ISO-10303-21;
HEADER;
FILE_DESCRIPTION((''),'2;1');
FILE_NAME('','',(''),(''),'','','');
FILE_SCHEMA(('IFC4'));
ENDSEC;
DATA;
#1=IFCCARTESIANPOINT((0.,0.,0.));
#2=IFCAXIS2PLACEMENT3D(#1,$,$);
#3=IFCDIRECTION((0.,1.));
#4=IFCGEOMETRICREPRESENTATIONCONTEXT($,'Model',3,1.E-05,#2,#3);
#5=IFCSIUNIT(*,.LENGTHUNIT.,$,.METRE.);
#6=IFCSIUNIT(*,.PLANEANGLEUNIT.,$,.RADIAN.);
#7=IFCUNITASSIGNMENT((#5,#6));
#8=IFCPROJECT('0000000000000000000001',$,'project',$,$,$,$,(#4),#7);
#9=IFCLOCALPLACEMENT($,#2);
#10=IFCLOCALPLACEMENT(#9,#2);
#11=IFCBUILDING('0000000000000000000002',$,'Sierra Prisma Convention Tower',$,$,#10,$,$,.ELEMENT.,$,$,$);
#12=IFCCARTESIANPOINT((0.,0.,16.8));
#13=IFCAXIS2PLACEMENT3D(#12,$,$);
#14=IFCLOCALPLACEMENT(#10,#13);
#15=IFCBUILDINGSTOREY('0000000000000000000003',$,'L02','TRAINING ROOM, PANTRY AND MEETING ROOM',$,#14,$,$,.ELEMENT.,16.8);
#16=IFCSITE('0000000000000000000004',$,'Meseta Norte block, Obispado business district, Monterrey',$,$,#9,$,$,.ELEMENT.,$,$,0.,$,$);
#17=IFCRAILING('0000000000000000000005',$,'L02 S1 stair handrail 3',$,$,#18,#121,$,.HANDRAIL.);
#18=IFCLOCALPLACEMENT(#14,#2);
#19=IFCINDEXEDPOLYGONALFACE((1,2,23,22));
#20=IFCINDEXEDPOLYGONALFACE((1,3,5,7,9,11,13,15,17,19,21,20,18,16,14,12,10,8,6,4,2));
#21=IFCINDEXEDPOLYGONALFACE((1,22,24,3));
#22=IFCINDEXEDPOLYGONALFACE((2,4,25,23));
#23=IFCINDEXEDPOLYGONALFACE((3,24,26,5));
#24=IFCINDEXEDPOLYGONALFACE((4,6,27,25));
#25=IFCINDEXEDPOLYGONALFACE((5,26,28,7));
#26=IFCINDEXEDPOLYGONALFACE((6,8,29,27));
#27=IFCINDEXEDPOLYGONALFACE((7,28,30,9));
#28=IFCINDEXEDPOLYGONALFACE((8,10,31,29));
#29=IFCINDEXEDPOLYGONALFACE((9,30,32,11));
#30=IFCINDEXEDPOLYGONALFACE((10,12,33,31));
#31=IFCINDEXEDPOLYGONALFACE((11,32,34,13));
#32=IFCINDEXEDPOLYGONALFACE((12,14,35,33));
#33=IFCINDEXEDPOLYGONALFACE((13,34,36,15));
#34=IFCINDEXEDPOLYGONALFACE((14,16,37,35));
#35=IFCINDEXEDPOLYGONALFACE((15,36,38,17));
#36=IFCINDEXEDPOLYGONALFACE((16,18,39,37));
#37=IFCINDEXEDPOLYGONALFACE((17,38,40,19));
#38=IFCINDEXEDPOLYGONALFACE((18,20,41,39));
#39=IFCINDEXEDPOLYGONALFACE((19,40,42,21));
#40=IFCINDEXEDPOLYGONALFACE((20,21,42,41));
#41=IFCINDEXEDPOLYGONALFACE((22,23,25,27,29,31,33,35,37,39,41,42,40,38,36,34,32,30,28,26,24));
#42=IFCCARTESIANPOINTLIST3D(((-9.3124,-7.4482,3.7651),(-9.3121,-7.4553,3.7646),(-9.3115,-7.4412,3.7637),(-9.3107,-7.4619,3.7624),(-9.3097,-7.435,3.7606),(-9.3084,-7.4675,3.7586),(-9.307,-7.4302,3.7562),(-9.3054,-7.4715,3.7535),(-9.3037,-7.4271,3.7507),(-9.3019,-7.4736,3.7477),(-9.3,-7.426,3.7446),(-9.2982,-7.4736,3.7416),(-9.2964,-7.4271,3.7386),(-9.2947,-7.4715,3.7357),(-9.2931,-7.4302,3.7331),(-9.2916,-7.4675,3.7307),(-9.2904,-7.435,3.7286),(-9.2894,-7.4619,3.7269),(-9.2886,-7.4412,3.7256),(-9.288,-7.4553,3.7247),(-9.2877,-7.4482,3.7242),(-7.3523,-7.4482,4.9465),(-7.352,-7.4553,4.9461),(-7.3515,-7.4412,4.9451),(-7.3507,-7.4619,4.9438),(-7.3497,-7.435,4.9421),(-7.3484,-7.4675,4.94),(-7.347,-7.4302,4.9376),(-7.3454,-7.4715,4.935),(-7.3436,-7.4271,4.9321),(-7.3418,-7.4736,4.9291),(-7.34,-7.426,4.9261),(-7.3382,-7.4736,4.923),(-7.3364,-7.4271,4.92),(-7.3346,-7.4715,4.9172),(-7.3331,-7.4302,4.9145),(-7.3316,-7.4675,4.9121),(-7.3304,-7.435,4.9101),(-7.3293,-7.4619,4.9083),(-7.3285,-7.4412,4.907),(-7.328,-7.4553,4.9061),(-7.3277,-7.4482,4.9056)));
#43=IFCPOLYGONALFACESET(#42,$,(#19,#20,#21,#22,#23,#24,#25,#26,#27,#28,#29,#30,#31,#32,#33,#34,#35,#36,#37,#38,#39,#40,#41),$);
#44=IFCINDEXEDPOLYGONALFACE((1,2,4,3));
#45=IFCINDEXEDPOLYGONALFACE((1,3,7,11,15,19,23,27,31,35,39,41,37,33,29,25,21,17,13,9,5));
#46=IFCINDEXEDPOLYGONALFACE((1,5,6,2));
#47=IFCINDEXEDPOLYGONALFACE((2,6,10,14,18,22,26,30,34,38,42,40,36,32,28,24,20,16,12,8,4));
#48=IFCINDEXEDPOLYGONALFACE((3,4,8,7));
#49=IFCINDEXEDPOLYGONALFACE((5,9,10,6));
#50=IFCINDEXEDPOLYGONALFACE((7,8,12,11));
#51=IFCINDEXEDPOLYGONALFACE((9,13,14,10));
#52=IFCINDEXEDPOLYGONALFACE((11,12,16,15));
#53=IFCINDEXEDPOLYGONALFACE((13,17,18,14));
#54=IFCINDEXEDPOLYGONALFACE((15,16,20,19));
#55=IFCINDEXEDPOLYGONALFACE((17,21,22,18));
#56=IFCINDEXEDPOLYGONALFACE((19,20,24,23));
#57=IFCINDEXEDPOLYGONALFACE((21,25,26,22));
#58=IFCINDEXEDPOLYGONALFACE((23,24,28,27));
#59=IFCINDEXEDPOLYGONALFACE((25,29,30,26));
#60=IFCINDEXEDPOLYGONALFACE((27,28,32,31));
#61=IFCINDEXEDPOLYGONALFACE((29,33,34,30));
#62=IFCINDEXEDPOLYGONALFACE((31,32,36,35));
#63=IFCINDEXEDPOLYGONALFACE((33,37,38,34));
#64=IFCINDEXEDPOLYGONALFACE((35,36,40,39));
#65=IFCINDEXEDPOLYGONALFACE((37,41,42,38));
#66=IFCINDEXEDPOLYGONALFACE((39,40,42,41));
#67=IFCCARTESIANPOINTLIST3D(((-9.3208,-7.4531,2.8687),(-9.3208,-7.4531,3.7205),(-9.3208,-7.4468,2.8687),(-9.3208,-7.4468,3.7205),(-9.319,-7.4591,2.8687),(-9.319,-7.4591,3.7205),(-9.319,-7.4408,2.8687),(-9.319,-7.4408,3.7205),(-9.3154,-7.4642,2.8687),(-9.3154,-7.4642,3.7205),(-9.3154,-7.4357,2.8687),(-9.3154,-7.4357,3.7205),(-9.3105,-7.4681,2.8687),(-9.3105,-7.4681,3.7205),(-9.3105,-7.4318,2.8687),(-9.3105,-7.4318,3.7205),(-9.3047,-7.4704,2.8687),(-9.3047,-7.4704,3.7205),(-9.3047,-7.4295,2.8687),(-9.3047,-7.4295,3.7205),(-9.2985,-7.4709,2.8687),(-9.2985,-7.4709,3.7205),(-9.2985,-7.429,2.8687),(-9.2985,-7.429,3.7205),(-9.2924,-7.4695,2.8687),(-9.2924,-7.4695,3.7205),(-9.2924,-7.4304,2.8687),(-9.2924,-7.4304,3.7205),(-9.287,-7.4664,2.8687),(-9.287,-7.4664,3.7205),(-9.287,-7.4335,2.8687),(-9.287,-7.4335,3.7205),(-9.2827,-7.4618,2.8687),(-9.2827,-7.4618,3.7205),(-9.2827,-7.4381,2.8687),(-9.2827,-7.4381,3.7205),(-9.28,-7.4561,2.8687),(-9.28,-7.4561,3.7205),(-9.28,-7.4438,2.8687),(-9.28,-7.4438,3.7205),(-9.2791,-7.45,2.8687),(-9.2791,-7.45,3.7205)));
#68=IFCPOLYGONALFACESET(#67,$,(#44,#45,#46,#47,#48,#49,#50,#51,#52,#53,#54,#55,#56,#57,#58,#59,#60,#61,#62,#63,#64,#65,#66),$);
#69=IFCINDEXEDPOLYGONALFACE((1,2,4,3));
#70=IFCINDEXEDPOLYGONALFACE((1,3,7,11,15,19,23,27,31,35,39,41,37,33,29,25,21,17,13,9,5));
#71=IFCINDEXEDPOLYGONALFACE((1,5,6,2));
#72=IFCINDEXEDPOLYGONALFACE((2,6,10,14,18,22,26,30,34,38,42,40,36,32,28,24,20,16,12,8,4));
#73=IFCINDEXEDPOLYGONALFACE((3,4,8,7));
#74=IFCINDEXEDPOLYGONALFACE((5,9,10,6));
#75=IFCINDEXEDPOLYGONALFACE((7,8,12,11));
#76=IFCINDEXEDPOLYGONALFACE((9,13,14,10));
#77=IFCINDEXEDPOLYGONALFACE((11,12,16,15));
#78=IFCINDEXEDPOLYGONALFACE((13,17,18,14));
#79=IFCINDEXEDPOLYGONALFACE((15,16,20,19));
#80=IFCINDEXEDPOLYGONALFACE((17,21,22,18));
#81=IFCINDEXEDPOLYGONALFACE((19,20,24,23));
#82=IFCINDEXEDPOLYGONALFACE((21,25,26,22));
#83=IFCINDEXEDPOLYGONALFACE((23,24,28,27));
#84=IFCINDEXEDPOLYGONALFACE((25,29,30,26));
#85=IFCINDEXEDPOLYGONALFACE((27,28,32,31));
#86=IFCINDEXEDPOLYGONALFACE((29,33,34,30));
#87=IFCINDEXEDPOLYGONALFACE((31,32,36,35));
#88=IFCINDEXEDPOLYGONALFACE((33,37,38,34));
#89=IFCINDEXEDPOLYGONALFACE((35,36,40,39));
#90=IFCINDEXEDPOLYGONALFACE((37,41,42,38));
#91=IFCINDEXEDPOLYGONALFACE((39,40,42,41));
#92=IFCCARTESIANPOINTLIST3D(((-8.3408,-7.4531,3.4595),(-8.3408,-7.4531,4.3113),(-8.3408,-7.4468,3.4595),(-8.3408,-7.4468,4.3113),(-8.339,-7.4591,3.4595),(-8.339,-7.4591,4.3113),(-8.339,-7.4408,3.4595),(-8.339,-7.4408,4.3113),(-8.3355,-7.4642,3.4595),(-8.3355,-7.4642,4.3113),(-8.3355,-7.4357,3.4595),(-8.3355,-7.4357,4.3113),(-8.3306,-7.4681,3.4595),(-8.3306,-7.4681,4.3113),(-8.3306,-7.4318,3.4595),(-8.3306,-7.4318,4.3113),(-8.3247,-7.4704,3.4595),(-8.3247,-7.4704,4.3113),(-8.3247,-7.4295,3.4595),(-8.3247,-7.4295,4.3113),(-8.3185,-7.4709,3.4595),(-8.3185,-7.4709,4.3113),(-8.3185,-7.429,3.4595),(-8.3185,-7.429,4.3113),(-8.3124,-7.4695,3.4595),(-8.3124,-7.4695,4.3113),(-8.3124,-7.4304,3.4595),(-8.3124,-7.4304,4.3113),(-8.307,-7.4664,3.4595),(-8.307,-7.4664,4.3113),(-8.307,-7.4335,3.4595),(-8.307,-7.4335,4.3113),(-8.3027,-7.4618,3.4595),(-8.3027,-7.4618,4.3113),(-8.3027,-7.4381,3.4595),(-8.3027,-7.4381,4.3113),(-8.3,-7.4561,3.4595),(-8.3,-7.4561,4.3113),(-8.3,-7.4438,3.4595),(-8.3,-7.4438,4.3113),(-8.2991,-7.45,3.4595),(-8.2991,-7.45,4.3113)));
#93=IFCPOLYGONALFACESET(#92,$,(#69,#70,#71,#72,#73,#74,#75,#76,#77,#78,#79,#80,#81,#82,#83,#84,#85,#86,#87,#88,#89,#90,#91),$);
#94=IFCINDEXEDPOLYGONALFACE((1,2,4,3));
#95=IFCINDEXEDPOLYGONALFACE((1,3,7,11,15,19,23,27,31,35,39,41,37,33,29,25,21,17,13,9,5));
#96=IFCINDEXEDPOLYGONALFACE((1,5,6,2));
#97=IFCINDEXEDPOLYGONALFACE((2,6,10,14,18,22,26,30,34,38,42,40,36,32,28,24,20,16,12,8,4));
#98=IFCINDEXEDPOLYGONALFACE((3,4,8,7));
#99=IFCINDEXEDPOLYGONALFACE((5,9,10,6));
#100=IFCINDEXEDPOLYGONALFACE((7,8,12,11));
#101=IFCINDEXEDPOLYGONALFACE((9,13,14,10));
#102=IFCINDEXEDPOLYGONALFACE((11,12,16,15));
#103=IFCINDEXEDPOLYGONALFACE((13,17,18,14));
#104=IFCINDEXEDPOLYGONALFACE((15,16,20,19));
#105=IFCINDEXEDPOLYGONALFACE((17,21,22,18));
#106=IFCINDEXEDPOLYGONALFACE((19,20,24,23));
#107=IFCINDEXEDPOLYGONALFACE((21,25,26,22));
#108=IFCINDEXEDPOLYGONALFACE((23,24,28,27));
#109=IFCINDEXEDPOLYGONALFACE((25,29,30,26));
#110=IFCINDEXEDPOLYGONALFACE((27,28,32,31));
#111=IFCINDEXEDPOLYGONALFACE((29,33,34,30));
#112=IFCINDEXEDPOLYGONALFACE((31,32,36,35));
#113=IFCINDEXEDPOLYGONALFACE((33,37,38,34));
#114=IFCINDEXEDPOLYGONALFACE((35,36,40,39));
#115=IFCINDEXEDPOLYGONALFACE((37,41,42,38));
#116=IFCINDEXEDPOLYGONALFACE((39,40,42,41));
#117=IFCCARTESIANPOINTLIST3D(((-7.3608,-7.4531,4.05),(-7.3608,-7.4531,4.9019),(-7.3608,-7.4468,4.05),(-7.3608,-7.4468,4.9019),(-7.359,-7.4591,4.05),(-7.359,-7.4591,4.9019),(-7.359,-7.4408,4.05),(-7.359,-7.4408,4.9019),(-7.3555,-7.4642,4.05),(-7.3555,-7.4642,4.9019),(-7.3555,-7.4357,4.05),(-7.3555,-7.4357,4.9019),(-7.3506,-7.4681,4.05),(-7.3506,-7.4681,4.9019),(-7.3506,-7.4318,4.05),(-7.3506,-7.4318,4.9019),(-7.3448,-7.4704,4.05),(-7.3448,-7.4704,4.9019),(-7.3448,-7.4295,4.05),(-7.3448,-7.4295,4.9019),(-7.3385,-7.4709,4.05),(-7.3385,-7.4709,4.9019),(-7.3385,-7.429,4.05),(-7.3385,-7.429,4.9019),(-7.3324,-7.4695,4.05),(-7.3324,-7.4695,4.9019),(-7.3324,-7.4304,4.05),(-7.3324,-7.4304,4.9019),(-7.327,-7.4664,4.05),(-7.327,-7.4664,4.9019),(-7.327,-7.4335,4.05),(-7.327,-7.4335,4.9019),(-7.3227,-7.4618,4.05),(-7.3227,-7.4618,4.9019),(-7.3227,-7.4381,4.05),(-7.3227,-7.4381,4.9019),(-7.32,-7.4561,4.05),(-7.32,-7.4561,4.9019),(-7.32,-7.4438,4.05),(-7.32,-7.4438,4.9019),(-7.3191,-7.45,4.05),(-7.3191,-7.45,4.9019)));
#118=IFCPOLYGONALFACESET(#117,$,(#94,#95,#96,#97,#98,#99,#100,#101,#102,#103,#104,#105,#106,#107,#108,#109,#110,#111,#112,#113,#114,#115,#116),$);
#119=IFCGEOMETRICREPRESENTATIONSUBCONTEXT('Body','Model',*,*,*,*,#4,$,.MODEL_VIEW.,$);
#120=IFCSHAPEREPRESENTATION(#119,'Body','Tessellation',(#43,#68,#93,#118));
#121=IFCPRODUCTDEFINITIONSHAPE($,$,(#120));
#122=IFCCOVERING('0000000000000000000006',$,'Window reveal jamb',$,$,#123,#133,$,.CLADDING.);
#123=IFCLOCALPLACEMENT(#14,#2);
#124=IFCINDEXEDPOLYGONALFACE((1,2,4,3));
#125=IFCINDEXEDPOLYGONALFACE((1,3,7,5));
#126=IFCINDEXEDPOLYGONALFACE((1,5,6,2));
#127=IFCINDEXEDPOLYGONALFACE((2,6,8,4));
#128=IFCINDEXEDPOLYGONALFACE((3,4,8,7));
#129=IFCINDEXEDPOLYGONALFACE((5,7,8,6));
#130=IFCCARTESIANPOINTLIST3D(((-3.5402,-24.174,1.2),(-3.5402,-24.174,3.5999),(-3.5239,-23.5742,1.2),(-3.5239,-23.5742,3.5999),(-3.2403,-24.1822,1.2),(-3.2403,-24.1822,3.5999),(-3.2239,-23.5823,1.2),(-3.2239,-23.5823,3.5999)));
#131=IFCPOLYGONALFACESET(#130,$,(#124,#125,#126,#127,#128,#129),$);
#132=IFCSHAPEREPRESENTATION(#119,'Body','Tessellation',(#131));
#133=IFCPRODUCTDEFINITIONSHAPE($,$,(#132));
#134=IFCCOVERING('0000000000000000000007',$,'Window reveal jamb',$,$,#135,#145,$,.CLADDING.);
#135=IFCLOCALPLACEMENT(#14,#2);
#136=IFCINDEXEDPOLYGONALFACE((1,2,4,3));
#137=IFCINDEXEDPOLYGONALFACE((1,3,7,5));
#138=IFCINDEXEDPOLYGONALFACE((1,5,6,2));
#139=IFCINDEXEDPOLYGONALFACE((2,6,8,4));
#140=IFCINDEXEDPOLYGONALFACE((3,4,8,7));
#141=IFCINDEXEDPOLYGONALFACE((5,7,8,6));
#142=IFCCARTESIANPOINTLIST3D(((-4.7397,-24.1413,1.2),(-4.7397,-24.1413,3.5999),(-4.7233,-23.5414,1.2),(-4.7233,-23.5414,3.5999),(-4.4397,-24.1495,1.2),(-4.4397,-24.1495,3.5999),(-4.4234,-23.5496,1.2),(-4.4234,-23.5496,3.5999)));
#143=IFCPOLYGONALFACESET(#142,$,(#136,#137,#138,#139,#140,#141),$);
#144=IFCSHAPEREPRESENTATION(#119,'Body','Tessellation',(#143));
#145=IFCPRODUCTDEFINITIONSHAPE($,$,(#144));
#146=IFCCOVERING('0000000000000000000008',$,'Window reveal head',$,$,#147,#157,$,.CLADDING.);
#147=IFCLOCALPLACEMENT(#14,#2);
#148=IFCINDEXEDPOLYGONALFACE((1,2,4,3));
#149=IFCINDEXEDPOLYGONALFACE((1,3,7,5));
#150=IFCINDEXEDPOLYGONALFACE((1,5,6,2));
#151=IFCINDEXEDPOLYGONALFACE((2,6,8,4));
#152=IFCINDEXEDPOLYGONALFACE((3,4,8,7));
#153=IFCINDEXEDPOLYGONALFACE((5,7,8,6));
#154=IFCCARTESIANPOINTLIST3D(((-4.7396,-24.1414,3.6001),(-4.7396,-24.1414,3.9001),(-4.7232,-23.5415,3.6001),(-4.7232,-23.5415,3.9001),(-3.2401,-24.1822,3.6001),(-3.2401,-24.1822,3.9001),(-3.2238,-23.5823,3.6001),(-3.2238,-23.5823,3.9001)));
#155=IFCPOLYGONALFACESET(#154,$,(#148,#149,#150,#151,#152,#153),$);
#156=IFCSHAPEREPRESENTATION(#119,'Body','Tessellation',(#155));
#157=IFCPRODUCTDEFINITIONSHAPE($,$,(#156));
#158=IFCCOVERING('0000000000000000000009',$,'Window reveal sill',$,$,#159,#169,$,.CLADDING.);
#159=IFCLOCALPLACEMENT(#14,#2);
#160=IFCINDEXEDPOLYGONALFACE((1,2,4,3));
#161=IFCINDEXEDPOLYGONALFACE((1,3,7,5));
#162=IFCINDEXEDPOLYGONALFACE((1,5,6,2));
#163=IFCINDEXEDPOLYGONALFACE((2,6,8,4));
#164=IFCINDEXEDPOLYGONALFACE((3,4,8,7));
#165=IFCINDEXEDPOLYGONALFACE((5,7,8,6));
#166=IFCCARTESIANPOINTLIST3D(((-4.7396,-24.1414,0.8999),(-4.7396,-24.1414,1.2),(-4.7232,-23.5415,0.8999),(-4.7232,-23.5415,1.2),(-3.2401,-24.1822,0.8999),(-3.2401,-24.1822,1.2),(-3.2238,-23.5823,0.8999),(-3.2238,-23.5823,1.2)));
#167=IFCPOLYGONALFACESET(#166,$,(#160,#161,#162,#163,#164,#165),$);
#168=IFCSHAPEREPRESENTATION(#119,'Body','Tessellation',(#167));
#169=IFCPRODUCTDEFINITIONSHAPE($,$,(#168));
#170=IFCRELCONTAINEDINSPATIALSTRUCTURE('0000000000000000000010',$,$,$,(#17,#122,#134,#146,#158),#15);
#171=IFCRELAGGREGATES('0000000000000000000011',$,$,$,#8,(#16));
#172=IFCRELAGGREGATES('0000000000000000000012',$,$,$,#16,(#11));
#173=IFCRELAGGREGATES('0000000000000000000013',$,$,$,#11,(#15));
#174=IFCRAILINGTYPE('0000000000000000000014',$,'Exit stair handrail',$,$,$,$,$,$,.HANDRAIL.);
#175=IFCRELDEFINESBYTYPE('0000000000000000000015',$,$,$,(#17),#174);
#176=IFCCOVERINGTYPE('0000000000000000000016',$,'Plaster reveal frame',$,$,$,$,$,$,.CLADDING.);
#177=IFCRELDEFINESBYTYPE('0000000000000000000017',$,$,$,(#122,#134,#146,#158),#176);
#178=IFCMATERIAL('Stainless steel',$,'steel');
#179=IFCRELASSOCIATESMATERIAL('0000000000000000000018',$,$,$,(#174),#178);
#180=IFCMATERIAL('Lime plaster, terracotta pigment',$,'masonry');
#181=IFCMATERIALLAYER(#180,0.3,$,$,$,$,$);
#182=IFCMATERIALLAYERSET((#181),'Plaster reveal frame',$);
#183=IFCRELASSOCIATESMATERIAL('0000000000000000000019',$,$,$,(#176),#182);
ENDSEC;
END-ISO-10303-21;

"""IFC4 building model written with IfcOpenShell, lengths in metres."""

from ifc_helpers import new_model, si_unit, direction, frame, origin, origin_2d, place, context, subcontext, project, spatial, rectangle, circle, extrude, material, layer, layer_set, type_object, element, save


model = new_model("IFC4")

# Units and contexts
model_context = context("Model", 3, precision=1e-05, world=origin(), true_north=direction((0.0, 1.0)))
body_context = subcontext(model_context, "Body", "Model", "MODEL_VIEW")
ifc_project = project(units=[si_unit("LENGTHUNIT", "METRE"), si_unit("PLANEANGLEUNIT", "RADIAN")], contexts=[model_context])

# Site, building, storey
site_placement = place(None, origin())
site = spatial("IfcSite", under=ifc_project, at=site_placement, Name="Meseta Norte block, Obispado business district, Monterrey", CompositionType="ELEMENT", RefElevation=0.0)
building_placement = place(site_placement, origin())
building = spatial("IfcBuilding", under=site, at=building_placement, Name="Sierra Prisma Convention Tower", CompositionType="ELEMENT")
storey_placement = place(building_placement, frame((0.0, 0.0, 16.8)))
storey = spatial("IfcBuildingStorey", under=building, at=storey_placement, Name="L02", Description="TRAINING ROOM, PANTRY AND MEETING ROOM", CompositionType="ELEMENT", Elevation=16.8)

# Railing
ifc_material_1 = material(Name="Stainless steel", Category="steel")
railing_type_1 = type_object("IfcRailingType", Name="Exit stair handrail", PredefinedType="HANDRAIL", material=ifc_material_1)
railing_1_placement = place(storey_placement, frame((-9.3, -7.45, 2.8687)))
element("IfcRailing", 1, at=railing_1_placement, inside=storey, type_object=railing_type_1, Name="L02 S1 stair handrail 3", PredefinedType="HANDRAIL", context=body_context, shape_type="SweptSolid", body=[
    extrude(circle(Radius=0.0239, at=origin_2d()), frame((0.0, 0.0, 0.876), z_axis=(0.856446, 0.0, 0.516236), x_axis=(0.0, 1.0, 0.0)), (0.0, 0.0, 1.0), 2.2886),
    extrude(circle(Radius=0.021, at=origin_2d()), origin(), (0.0, 0.0, 1.0), 0.8518),
    extrude(circle(Radius=0.021, at=origin_2d()), frame((0.98, 0.0, 0.5908)), (0.0, 0.0, 1.0), 0.8518),
    extrude(circle(Radius=0.021, at=origin_2d()), frame((1.96, 0.0, 1.1814)), (0.0, 0.0, 1.0), 0.8518),
])

# Coverings
ifc_material_2 = material(Name="Lime plaster, terracotta pigment", Category="masonry")
ifc_layer_1 = layer(ifc_material_2, 0.3)
ifc_layer_set_1 = layer_set([ifc_layer_1], Name="Plaster reveal frame")
covering_type = type_object("IfcCoveringType", Name="Plaster reveal frame", PredefinedType="CLADDING", material=ifc_layer_set_1)
for number, where, z_axis, x_axis, name in (
    (2, (-3.3821, -23.8782, 1.2), (0.0, 0.0, 1.0), (-0.99963, 0.027203, 0.0), "Window reveal jamb"),
    (3, (-4.5815, -23.8455, 1.2), (0.0, 0.0, 1.0), (-0.99963, 0.027203, 0.0), "Window reveal jamb"),
):
    element("IfcCovering", number, at=place(storey_placement, frame(where, z_axis=z_axis, x_axis=x_axis)), inside=storey, type_object=covering_type, Name=name, PredefinedType="CLADDING", context=body_context, shape_type="SweptSolid", body=[
        extrude(rectangle(XDim=0.3, YDim=0.6001, at=origin_2d()), origin(), (0.0, 0.0, 1.0), 2.3999),
    ])
for number, where, z_axis, x_axis, name in (
    (4, (-3.9817, -23.8618, 3.6001), (0.0, 0.0, 1.0), (-0.99963, 0.027203, 0.0), "Window reveal head"),
    (5, (-3.9817, -23.8618, 0.8999), (0.0, 0.0, 1.0), (-0.99963, 0.027203, 0.0), "Window reveal sill"),
):
    element("IfcCovering", number, at=place(storey_placement, frame(where, z_axis=z_axis, x_axis=x_axis)), inside=storey, type_object=covering_type, Name=name, PredefinedType="CLADDING", context=body_context, shape_type="SweptSolid", body=[
        extrude(rectangle(XDim=1.5, YDim=0.6001, at=origin_2d()), origin(), (0.0, 0.0, 1.0), 0.3),
    ])

save(model, "model.ifc")
